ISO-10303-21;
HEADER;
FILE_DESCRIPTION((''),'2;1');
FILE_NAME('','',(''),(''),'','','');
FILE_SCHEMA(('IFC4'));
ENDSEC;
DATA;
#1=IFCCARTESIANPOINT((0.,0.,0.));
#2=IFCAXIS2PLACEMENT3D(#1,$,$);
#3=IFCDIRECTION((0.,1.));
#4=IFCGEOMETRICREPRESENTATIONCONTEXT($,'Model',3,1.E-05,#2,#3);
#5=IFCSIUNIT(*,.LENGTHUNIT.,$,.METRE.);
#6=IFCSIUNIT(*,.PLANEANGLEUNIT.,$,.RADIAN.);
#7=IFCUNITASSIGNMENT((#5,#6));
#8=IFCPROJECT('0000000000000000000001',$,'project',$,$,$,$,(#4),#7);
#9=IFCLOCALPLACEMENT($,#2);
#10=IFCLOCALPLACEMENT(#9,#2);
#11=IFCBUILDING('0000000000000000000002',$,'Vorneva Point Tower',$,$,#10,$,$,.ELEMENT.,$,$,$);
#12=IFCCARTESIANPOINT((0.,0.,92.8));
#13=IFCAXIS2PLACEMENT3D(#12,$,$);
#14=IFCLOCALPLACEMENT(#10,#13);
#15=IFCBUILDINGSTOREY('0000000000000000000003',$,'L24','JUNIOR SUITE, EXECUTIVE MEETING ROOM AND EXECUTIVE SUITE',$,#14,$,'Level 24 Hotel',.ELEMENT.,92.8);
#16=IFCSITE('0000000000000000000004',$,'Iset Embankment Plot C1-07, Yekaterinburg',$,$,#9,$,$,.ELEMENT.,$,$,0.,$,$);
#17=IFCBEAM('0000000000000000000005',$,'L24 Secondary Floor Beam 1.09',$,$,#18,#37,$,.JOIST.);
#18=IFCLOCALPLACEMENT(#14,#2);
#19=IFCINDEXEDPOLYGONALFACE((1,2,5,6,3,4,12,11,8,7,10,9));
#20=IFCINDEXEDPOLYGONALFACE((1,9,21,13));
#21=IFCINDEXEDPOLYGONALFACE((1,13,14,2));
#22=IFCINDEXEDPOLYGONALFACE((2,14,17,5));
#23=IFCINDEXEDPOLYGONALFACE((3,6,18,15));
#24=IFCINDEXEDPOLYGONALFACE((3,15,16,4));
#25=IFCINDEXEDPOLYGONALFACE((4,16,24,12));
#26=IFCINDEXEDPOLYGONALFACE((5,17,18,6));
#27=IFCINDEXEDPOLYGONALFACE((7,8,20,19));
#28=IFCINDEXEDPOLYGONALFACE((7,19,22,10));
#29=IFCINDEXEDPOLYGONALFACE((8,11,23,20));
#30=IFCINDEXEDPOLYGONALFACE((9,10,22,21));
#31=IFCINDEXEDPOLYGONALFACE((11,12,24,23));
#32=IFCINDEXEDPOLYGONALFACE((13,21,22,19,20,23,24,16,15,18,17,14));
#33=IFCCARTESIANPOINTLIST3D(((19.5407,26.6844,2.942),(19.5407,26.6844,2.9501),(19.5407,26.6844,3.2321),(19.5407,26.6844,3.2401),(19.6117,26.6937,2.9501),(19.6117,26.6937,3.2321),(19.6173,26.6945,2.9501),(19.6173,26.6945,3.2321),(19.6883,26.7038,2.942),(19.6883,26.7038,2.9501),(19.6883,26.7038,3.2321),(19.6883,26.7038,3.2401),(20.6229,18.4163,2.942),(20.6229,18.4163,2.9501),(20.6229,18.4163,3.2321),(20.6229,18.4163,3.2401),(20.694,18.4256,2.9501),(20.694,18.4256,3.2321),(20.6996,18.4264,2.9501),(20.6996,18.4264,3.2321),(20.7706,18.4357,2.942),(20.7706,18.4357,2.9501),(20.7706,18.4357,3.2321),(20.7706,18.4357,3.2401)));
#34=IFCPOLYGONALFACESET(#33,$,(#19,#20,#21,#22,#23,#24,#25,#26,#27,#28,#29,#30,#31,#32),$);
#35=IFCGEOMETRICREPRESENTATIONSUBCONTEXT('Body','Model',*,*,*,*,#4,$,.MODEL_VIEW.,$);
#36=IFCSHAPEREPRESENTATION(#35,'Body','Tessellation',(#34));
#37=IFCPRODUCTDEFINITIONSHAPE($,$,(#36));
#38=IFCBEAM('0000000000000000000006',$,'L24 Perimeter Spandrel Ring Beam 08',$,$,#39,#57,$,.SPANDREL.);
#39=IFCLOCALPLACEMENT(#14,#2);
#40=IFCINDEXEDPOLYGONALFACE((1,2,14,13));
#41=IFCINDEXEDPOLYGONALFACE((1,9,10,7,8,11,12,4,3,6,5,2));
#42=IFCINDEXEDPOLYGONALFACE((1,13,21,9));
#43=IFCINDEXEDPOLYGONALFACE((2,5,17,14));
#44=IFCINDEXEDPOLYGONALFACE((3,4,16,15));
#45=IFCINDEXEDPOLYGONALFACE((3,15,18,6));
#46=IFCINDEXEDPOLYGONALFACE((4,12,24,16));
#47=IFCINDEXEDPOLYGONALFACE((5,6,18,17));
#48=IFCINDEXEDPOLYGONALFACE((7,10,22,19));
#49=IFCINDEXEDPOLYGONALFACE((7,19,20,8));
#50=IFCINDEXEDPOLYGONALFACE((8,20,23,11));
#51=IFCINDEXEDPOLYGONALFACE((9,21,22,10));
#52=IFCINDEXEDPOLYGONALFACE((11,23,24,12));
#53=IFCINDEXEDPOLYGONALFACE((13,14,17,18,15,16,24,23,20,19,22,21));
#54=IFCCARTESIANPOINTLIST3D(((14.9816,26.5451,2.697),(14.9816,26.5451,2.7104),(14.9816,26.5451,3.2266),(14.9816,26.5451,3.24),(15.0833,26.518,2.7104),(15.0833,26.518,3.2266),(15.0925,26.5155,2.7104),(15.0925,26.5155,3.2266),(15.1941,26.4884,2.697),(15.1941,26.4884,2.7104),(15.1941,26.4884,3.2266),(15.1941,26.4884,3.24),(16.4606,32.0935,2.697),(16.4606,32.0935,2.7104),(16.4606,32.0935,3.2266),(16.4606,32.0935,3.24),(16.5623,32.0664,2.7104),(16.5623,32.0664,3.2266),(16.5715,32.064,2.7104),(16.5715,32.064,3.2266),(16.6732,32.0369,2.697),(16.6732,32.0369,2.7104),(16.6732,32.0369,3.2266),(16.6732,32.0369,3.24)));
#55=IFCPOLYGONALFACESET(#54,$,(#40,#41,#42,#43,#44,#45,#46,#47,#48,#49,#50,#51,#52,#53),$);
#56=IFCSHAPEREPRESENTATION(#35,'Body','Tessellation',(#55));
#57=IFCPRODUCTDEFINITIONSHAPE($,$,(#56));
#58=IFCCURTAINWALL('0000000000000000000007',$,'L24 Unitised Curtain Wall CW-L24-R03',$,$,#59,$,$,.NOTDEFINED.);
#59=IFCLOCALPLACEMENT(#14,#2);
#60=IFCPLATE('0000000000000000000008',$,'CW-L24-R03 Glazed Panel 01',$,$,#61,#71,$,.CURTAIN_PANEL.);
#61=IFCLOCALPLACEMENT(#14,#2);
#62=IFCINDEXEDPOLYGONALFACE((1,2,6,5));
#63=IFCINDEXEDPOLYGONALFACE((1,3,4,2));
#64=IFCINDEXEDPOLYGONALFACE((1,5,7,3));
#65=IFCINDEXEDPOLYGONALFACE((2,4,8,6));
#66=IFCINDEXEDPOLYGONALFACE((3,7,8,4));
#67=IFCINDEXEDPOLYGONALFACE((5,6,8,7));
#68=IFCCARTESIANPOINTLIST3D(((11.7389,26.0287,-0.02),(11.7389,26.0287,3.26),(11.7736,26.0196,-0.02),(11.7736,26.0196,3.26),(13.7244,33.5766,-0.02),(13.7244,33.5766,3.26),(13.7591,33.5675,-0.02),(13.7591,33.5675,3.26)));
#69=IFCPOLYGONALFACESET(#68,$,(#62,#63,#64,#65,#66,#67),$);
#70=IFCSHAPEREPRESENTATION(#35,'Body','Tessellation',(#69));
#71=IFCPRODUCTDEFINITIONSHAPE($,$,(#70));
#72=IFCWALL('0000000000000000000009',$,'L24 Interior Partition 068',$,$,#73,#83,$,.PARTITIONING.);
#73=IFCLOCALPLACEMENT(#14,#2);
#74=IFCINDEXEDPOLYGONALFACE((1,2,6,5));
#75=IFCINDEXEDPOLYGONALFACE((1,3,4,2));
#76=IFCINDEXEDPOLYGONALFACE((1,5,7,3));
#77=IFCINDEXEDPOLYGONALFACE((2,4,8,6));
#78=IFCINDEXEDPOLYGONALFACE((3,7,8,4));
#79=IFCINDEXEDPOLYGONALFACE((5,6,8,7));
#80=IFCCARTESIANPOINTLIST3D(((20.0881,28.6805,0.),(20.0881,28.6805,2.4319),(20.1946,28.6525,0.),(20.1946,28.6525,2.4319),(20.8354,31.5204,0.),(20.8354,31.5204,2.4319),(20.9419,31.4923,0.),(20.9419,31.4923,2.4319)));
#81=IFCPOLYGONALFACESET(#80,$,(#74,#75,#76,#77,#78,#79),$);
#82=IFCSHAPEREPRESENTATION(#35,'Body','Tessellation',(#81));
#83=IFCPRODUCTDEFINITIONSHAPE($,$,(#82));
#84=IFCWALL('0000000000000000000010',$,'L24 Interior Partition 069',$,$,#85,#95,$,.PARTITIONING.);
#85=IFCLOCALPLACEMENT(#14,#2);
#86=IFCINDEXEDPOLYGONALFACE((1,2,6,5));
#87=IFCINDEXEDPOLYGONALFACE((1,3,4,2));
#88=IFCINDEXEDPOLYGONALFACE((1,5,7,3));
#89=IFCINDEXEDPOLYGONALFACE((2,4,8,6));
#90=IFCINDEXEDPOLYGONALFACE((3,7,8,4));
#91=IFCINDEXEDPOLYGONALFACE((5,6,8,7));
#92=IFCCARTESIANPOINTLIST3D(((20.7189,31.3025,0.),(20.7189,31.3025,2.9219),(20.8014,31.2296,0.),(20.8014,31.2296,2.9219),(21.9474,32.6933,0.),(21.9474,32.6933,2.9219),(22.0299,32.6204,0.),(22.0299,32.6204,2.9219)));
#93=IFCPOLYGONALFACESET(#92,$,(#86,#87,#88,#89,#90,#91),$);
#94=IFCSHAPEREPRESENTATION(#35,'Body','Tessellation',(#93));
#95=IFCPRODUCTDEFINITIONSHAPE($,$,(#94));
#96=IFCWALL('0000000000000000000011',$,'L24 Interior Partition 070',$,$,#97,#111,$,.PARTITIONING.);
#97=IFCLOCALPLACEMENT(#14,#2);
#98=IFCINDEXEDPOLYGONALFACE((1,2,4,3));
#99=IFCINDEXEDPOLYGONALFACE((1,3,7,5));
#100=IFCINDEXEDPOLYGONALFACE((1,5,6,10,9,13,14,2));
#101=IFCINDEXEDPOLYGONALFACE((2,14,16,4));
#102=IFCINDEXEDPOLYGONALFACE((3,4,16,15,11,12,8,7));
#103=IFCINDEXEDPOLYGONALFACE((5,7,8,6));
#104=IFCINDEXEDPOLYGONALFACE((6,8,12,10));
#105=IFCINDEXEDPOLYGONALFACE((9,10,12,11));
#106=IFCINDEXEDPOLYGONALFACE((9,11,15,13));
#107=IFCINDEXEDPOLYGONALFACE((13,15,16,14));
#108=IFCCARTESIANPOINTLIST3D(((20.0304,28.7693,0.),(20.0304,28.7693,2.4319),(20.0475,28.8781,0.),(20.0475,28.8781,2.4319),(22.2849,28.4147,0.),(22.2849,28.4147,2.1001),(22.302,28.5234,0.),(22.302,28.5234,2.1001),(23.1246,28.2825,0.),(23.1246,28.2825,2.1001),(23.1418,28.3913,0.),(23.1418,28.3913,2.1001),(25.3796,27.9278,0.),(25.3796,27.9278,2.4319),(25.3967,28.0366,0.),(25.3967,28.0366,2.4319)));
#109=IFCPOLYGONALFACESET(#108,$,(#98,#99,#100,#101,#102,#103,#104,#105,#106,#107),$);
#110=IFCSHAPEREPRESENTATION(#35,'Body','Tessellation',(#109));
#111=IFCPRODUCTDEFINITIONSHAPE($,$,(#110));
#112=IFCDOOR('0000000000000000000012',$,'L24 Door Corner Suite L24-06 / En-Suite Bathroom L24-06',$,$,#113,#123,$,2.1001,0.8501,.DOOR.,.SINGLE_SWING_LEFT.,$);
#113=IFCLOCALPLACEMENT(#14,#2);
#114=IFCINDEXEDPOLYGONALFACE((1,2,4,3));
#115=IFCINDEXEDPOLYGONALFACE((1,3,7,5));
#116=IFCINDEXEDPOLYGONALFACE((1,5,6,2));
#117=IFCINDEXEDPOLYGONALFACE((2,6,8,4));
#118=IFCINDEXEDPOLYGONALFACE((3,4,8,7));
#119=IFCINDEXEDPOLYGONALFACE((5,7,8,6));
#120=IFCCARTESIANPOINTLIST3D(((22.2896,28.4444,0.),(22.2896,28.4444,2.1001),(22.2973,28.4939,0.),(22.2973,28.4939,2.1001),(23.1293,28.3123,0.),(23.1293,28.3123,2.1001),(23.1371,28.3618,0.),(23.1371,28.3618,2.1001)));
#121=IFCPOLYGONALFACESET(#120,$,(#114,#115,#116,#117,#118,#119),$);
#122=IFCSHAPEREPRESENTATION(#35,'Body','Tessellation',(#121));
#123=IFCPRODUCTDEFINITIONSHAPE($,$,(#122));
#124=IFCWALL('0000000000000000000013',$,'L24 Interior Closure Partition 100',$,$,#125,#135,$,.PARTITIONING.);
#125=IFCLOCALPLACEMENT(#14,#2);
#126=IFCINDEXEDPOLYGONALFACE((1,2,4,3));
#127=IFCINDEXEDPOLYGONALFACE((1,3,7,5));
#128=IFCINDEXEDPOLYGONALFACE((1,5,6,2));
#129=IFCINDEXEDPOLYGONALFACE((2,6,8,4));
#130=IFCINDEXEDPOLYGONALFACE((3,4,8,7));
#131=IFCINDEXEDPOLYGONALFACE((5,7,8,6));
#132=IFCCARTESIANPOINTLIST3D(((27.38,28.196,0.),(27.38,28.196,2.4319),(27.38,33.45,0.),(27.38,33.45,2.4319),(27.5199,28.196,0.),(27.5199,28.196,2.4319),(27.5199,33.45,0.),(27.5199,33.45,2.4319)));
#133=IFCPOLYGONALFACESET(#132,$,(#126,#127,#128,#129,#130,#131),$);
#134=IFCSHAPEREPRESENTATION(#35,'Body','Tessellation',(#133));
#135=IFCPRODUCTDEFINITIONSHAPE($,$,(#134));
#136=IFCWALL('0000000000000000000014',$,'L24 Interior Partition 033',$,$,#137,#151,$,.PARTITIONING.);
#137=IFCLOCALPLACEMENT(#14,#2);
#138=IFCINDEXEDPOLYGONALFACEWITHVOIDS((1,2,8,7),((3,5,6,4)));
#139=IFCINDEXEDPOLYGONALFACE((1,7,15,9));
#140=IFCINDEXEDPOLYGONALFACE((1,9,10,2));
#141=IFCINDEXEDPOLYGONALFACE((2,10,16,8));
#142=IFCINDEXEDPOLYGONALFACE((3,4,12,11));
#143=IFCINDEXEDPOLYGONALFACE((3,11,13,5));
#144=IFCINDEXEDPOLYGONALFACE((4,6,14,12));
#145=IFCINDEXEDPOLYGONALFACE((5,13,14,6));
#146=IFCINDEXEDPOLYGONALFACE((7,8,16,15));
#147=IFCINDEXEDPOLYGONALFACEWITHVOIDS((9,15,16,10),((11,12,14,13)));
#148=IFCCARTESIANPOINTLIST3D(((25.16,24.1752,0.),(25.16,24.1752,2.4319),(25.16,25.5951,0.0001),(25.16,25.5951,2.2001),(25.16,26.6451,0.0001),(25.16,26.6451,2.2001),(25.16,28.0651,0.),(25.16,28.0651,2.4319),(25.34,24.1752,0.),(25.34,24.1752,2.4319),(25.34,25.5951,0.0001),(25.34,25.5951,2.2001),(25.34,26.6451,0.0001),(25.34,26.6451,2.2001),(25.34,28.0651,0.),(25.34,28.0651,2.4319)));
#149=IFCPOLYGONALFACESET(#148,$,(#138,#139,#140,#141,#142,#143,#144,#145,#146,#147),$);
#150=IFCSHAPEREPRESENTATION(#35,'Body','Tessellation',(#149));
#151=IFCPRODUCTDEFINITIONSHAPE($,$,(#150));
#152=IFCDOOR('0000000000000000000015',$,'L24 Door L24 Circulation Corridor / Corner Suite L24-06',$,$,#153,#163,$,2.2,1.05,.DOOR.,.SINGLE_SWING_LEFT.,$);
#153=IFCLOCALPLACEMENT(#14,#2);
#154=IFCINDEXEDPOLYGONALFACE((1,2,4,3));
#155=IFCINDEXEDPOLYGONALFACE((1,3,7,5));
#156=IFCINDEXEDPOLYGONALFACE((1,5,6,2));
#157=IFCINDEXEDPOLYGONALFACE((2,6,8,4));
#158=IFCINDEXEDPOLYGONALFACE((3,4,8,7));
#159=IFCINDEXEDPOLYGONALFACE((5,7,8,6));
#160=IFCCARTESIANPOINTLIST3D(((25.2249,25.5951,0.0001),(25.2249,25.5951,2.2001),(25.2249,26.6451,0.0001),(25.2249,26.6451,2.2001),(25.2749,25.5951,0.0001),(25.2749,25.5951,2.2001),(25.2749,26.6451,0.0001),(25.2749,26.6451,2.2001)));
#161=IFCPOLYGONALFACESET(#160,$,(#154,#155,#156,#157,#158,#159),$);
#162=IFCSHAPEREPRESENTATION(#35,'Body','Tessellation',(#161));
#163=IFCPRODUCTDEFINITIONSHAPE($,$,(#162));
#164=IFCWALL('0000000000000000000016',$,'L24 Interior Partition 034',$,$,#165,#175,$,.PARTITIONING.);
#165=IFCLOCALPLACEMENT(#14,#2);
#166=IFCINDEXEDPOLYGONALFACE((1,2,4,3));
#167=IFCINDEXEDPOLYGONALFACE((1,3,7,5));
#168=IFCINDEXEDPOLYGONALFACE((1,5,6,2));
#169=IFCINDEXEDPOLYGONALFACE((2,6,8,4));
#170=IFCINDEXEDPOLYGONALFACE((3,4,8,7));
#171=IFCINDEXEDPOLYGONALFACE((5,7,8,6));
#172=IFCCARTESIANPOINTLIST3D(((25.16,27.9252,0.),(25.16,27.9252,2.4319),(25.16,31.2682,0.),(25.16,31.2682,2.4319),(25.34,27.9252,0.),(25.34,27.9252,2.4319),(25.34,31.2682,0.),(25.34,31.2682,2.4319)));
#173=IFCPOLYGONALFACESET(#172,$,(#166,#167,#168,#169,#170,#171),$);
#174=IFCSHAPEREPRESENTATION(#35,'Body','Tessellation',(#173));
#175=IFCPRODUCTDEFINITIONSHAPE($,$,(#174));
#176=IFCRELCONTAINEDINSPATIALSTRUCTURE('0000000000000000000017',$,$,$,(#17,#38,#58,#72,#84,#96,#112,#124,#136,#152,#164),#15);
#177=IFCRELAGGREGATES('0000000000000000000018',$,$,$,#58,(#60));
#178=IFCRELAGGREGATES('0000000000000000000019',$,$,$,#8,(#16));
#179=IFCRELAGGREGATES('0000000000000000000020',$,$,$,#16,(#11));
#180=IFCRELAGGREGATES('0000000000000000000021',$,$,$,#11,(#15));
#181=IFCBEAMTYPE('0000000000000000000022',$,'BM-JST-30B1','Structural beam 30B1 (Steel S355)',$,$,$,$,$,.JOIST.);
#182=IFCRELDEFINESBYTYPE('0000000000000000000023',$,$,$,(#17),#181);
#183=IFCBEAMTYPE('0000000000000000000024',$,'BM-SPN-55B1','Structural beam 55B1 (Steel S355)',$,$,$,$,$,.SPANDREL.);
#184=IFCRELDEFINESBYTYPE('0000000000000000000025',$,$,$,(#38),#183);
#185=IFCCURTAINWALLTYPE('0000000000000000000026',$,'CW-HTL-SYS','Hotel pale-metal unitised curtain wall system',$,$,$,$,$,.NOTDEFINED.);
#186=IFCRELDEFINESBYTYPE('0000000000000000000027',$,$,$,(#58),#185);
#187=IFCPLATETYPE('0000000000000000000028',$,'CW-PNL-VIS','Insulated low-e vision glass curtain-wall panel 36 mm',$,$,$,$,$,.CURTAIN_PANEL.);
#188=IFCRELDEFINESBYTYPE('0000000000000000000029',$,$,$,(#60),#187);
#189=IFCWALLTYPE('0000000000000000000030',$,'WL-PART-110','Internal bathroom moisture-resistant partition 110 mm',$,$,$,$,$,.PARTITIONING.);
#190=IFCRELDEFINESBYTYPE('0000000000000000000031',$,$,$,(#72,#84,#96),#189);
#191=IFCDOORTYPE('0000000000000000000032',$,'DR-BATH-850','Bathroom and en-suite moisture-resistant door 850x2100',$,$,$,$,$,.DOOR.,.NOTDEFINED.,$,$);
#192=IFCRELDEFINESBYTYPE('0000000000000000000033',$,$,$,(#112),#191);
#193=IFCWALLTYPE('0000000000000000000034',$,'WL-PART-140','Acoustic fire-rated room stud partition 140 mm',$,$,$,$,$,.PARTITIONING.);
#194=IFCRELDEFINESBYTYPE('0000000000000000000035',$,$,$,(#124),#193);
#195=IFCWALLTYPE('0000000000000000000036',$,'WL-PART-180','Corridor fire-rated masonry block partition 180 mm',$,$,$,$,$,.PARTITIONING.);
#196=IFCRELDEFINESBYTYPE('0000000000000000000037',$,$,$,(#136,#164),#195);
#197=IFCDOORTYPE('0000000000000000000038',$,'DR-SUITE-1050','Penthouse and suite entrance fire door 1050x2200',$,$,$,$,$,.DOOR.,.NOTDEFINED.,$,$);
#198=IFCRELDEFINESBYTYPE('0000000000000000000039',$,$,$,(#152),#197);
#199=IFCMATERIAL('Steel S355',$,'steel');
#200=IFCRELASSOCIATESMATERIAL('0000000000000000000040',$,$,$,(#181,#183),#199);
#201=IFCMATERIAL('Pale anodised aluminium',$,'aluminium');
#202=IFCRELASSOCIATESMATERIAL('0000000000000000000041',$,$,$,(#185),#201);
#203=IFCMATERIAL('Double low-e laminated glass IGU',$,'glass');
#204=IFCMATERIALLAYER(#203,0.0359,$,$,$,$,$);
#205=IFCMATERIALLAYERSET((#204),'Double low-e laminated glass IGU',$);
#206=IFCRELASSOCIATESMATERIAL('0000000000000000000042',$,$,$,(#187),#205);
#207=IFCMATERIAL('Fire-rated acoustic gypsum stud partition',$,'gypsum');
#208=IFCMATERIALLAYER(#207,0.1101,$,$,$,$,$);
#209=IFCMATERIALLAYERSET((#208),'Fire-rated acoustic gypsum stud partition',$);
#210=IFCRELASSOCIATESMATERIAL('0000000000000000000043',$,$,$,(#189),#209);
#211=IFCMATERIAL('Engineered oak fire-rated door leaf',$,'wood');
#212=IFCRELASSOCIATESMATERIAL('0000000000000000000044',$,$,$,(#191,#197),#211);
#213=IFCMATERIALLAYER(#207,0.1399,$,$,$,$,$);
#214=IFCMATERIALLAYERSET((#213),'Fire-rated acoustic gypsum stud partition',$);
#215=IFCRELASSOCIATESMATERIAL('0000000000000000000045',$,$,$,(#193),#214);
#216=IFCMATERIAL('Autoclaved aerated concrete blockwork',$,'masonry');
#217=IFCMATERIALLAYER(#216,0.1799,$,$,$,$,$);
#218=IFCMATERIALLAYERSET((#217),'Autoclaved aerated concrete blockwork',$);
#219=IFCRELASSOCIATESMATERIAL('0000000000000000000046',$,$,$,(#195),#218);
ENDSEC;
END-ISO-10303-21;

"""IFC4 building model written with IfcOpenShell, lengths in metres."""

from ifc_helpers import new_model, si_unit, direction, frame, frame_2d, origin, origin_2d, place, context, subcontext, project, spatial, rectangle, i_section, extrude, material, layer, layer_set, material_profile, profile_set, type_object, element, fill, aggregate, save


model = new_model("IFC4")

# Units and contexts
model_context = context("Model", 3, precision=1e-05, world=origin(), true_north=direction((0.0, 1.0)))
body_context = subcontext(model_context, "Body", "Model", "MODEL_VIEW")
ifc_project = project(units=[si_unit("LENGTHUNIT", "METRE"), si_unit("PLANEANGLEUNIT", "RADIAN")], contexts=[model_context])

# Site, building, storey
site_placement = place(None, origin())
site = spatial("IfcSite", under=ifc_project, at=site_placement, Name="Iset Embankment Plot C1-07, Yekaterinburg", CompositionType="ELEMENT", RefElevation=0.0)
building_placement = place(site_placement, origin())
building = spatial("IfcBuilding", under=site, at=building_placement, Name="Vorneva Point Tower", CompositionType="ELEMENT")
storey_placement = place(building_placement, frame((0.0, 0.0, 92.8)))
storey = spatial("IfcBuildingStorey", under=building, at=storey_placement, Name="L24", Description="JUNIOR SUITE, EXECUTIVE MEETING ROOM AND EXECUTIVE SUITE", LongName="Level 24 Hotel", CompositionType="ELEMENT", Elevation=92.8)

# Beams
ifc_material_1 = material(Name="Steel S355", Category="steel")
ifc_material_profile_1 = material_profile(ifc_material_1, i_section(OverallWidth=0.1489, OverallDepth=0.2981, WebThickness=0.0056, FlangeThickness=0.0081, at=origin_2d()), Name="30B1")
ifc_profile_set_1 = profile_set([ifc_material_profile_1], Name="Steel S355")
beam_type_1 = type_object("IfcBeamType", Name="BM-JST-30B1", Description="Structural beam 30B1 (Steel S355)", PredefinedType="JOIST", material=ifc_profile_set_1)
beam_1_placement = place(storey_placement, frame((19.6145, 26.6941, 3.0911), z_axis=(0.129791, -0.991541, 0.0), x_axis=(0.991541, 0.129791, 0.0)))
element("IfcBeam", 1, at=beam_1_placement, inside=storey, type_object=beam_type_1, Name="L24 Secondary Floor Beam 1.09", PredefinedType="JOIST", context=body_context, shape_type="SweptSolid", body=[
    extrude(i_section(OverallWidth=0.1489, OverallDepth=0.2981, WebThickness=0.0056, FlangeThickness=0.0081, at=origin_2d()), origin(), (0.0, 0.0, 1.0), 8.3386),
])
ifc_material_profile_2 = material_profile(ifc_material_1, i_section(OverallWidth=0.22, OverallDepth=0.543, WebThickness=0.0095, FlangeThickness=0.0134, at=origin_2d()), Name="55B1")
ifc_profile_set_2 = profile_set([ifc_material_profile_2], Name="Steel S355")
beam_type_2 = type_object("IfcBeamType", Name="BM-SPN-55B1", Description="Structural beam 55B1 (Steel S355)", PredefinedType="SPANDREL", material=ifc_profile_set_2)
beam_2_placement = place(storey_placement, frame((16.5669, 32.0652, 2.9685), z_axis=(-0.257573, -0.966259, 0.0), x_axis=(0.966259, -0.257573, 0.0)))
element("IfcBeam", 2, at=beam_2_placement, inside=storey, type_object=beam_type_2, Name="L24 Perimeter Spandrel Ring Beam 08", PredefinedType="SPANDREL", context=body_context, shape_type="SweptSolid", body=[
    extrude(i_section(OverallWidth=0.22, OverallDepth=0.543, WebThickness=0.0095, FlangeThickness=0.0134, at=origin_2d()), origin(), (0.0, 0.0, 1.0), 5.7422),
])

# Curtain wall, plate
ifc_material_2 = material(Name="Pale anodised aluminium", Category="aluminium")
curtain_wall_type = type_object("IfcCurtainWallType", Name="CW-HTL-SYS", Description="Hotel pale-metal unitised curtain wall system", PredefinedType="NOTDEFINED", material=ifc_material_2)
curtain_wall_placement = place(storey_placement, origin())
curtain_wall = element("IfcCurtainWall", 3, at=curtain_wall_placement, inside=storey, type_object=curtain_wall_type, Name="L24 Unitised Curtain Wall CW-L24-R03", PredefinedType="NOTDEFINED")
ifc_material_3 = material(Name="Double low-e laminated glass IGU", Category="glass")
ifc_layer_1 = layer(ifc_material_3, 0.0359)
ifc_layer_set_1 = layer_set([ifc_layer_1], Name="Double low-e laminated glass IGU")
plate_type = type_object("IfcPlateType", Name="CW-PNL-VIS", Description="Insulated low-e vision glass curtain-wall panel 36 mm", PredefinedType="CURTAIN_PANEL", material=ifc_layer_set_1)
plate_placement = place(storey_placement, frame((12.749, 29.7981, -0.02), z_axis=(0.0, 0.0, 1.0), x_axis=(-0.254399, -0.967099, 0.0)))
plate = element("IfcPlate", 4, at=plate_placement, type_object=plate_type, Name="CW-L24-R03 Glazed Panel 01", PredefinedType="CURTAIN_PANEL", context=body_context, shape_type="SweptSolid", body=[
    extrude(rectangle(XDim=7.8047, YDim=0.0359, at=origin_2d()), origin(), (0.0, 0.0, 1.0), 3.28),
])
aggregate(curtain_wall, [plate])

# Walls
ifc_material_4 = material(Name="Fire-rated acoustic gypsum stud partition", Category="gypsum")
ifc_layer_2 = layer(ifc_material_4, 0.1101)
ifc_layer_set_2 = layer_set([ifc_layer_2], Name="Fire-rated acoustic gypsum stud partition")
wall_type_1 = type_object("IfcWallType", Name="WL-PART-110", Description="Internal bathroom moisture-resistant partition 110 mm", PredefinedType="PARTITIONING", material=ifc_layer_set_2)
wall_1_placement = place(storey_placement, frame((20.1414, 28.6665, 0.0), z_axis=(0.0, 0.0, 1.0), x_axis=(0.254489, 0.967076, 0.0)))
element("IfcWall", 5, at=wall_1_placement, inside=storey, type_object=wall_type_1, Name="L24 Interior Partition 068", PredefinedType="PARTITIONING", context=body_context, shape_type="SweptSolid", body=[
    extrude(rectangle(XDim=2.9365, YDim=0.1101, at=frame_2d((1.4683, 0.0))), origin(), (0.0, 0.0, 1.0), 2.4319),
])
wall_2_placement = place(storey_placement, frame((20.7603, 31.2661, 0.0), z_axis=(0.0, 0.0, 1.0), x_axis=(0.662009, 0.749496, 0.0)))
element("IfcWall", 6, at=wall_2_placement, inside=storey, type_object=wall_type_1, Name="L24 Interior Partition 069", PredefinedType="PARTITIONING", context=body_context, shape_type="SweptSolid", body=[
    extrude(rectangle(XDim=1.8557, YDim=0.1101, at=frame_2d((0.9277, 0.0))), origin(), (0.0, 0.0, 1.0), 2.9219),
])

# Wall, opening, door
wall_3_placement = place(storey_placement, frame((25.3882, 27.9822, 0.0), z_axis=(0.0, 0.0, 1.0), x_axis=(-0.987851, 0.155407, 0.0)))
wall_3 = element("IfcWall", 7, at=wall_3_placement, inside=storey, type_object=wall_type_1, Name="L24 Interior Partition 070", PredefinedType="PARTITIONING", context=body_context, shape_type="SweptSolid", body=[
    extrude(rectangle(XDim=5.415, YDim=0.1101, at=frame_2d((2.7075, 0.0))), origin(), (0.0, 0.0, 1.0), 2.4319),
])
opening_1_placement = place(wall_3_placement, frame((2.2827, 0.0, 0.0)))
opening_1 = element("IfcOpeningElement", 8, at=opening_1_placement, cuts=wall_3, PredefinedType="OPENING", context=body_context, shape_type="SweptSolid", body=[
    extrude(rectangle(XDim=0.8501, YDim=2.1001, at=frame_2d((0.425, 1.05))), frame((0.0, 0.0698, 0.0), z_axis=(0.0, -1.0, 0.0), x_axis=(1.0, 0.0, 0.0)), (0.0, 0.0, 1.0), 0.1399),
])
ifc_material_5 = material(Name="Engineered oak fire-rated door leaf", Category="wood")
door_type_1 = type_object("IfcDoorType", Name="DR-BATH-850", Description="Bathroom and en-suite moisture-resistant door 850x2100", OperationType="NOTDEFINED", PredefinedType="DOOR", material=ifc_material_5)
door_1_placement = place(opening_1_placement, origin())
door_1 = element("IfcDoor", 9, at=door_1_placement, inside=storey, type_object=door_type_1, Name="L24 Door Corner Suite L24-06 / En-Suite Bathroom L24-06", OperationType="SINGLE_SWING_LEFT", OverallHeight=2.1001, OverallWidth=0.8501, PredefinedType="DOOR", context=body_context, shape_type="SweptSolid", body=[
    extrude(rectangle(XDim=0.8501, YDim=2.1001, at=frame_2d((0.425, 1.05))), frame((0.0, 0.0249, 0.0), z_axis=(0.0, -1.0, 0.0), x_axis=(1.0, 0.0, 0.0)), (0.0, 0.0, 1.0), 0.05),
])
fill(opening_1, door_1)

# Wall
ifc_layer_3 = layer(ifc_material_4, 0.1399)
ifc_layer_set_3 = layer_set([ifc_layer_3], Name="Fire-rated acoustic gypsum stud partition")
wall_type_2 = type_object("IfcWallType", Name="WL-PART-140", Description="Acoustic fire-rated room stud partition 140 mm", PredefinedType="PARTITIONING", material=ifc_layer_set_3)
wall_4_placement = place(storey_placement, frame((27.45, 28.196, 0.0), z_axis=(0.0, 0.0, 1.0), x_axis=(0.0, 1.0, 0.0)))
element("IfcWall", 10, at=wall_4_placement, inside=storey, type_object=wall_type_2, Name="L24 Interior Closure Partition 100", PredefinedType="PARTITIONING", context=body_context, shape_type="SweptSolid", body=[
    extrude(rectangle(XDim=5.2539, YDim=0.1399, at=frame_2d((2.627, 0.0))), origin(), (0.0, 0.0, 1.0), 2.4319),
])

# Wall, opening, door
ifc_material_6 = material(Name="Autoclaved aerated concrete blockwork", Category="masonry")
ifc_layer_4 = layer(ifc_material_6, 0.1799)
ifc_layer_set_4 = layer_set([ifc_layer_4], Name="Autoclaved aerated concrete blockwork")
wall_type_3 = type_object("IfcWallType", Name="WL-PART-180", Description="Corridor fire-rated masonry block partition 180 mm", PredefinedType="PARTITIONING", material=ifc_layer_set_4)
wall_5_placement = place(storey_placement, frame((25.25, 28.0649, 0.0), z_axis=(0.0, 0.0, 1.0), x_axis=(0.0, -1.0, 0.0)))
wall_5 = element("IfcWall", 11, at=wall_5_placement, inside=storey, type_object=wall_type_3, Name="L24 Interior Partition 033", PredefinedType="PARTITIONING", context=body_context, shape_type="SweptSolid", body=[
    extrude(rectangle(XDim=3.8899, YDim=0.1799, at=frame_2d((1.9448, 0.0))), origin(), (0.0, 0.0, 1.0), 2.4319),
])
opening_2_placement = place(wall_5_placement, frame((1.4199, 0.0, 0.0)))
opening_2 = element("IfcOpeningElement", 12, at=opening_2_placement, cuts=wall_5, PredefinedType="OPENING", context=body_context, shape_type="SweptSolid", body=[
    extrude(rectangle(XDim=1.05, YDim=2.2, at=frame_2d((0.5249, 1.1001))), frame((0.0, 0.105, 0.0), z_axis=(0.0, -1.0, 0.0), x_axis=(1.0, 0.0, 0.0)), (0.0, 0.0, 1.0), 0.2097),
])
door_type_2 = type_object("IfcDoorType", Name="DR-SUITE-1050", Description="Penthouse and suite entrance fire door 1050x2200", OperationType="NOTDEFINED", PredefinedType="DOOR", material=ifc_material_5)
door_2_placement = place(opening_2_placement, origin())
door_2 = element("IfcDoor", 13, at=door_2_placement, inside=storey, type_object=door_type_2, Name="L24 Door L24 Circulation Corridor / Corner Suite L24-06", OperationType="SINGLE_SWING_LEFT", OverallHeight=2.2, OverallWidth=1.05, PredefinedType="DOOR", context=body_context, shape_type="SweptSolid", body=[
    extrude(rectangle(XDim=1.05, YDim=2.2, at=frame_2d((0.5249, 1.1001))), frame((0.0, 0.0249, 0.0), z_axis=(0.0, -1.0, 0.0), x_axis=(1.0, 0.0, 0.0)), (0.0, 0.0, 1.0), 0.05),
])
fill(opening_2, door_2)

# Wall
wall_6_placement = place(storey_placement, frame((25.25, 31.2681, 0.0), z_axis=(0.0, 0.0, 1.0), x_axis=(0.0, -1.0, 0.0)))
element("IfcWall", 14, at=wall_6_placement, inside=storey, type_object=wall_type_3, Name="L24 Interior Partition 034", PredefinedType="PARTITIONING", context=body_context, shape_type="SweptSolid", body=[
    extrude(rectangle(XDim=3.343, YDim=0.1799, at=frame_2d((1.6714, 0.0))), origin(), (0.0, 0.0, 1.0), 2.4319),
])

save(model, "model.ifc")
